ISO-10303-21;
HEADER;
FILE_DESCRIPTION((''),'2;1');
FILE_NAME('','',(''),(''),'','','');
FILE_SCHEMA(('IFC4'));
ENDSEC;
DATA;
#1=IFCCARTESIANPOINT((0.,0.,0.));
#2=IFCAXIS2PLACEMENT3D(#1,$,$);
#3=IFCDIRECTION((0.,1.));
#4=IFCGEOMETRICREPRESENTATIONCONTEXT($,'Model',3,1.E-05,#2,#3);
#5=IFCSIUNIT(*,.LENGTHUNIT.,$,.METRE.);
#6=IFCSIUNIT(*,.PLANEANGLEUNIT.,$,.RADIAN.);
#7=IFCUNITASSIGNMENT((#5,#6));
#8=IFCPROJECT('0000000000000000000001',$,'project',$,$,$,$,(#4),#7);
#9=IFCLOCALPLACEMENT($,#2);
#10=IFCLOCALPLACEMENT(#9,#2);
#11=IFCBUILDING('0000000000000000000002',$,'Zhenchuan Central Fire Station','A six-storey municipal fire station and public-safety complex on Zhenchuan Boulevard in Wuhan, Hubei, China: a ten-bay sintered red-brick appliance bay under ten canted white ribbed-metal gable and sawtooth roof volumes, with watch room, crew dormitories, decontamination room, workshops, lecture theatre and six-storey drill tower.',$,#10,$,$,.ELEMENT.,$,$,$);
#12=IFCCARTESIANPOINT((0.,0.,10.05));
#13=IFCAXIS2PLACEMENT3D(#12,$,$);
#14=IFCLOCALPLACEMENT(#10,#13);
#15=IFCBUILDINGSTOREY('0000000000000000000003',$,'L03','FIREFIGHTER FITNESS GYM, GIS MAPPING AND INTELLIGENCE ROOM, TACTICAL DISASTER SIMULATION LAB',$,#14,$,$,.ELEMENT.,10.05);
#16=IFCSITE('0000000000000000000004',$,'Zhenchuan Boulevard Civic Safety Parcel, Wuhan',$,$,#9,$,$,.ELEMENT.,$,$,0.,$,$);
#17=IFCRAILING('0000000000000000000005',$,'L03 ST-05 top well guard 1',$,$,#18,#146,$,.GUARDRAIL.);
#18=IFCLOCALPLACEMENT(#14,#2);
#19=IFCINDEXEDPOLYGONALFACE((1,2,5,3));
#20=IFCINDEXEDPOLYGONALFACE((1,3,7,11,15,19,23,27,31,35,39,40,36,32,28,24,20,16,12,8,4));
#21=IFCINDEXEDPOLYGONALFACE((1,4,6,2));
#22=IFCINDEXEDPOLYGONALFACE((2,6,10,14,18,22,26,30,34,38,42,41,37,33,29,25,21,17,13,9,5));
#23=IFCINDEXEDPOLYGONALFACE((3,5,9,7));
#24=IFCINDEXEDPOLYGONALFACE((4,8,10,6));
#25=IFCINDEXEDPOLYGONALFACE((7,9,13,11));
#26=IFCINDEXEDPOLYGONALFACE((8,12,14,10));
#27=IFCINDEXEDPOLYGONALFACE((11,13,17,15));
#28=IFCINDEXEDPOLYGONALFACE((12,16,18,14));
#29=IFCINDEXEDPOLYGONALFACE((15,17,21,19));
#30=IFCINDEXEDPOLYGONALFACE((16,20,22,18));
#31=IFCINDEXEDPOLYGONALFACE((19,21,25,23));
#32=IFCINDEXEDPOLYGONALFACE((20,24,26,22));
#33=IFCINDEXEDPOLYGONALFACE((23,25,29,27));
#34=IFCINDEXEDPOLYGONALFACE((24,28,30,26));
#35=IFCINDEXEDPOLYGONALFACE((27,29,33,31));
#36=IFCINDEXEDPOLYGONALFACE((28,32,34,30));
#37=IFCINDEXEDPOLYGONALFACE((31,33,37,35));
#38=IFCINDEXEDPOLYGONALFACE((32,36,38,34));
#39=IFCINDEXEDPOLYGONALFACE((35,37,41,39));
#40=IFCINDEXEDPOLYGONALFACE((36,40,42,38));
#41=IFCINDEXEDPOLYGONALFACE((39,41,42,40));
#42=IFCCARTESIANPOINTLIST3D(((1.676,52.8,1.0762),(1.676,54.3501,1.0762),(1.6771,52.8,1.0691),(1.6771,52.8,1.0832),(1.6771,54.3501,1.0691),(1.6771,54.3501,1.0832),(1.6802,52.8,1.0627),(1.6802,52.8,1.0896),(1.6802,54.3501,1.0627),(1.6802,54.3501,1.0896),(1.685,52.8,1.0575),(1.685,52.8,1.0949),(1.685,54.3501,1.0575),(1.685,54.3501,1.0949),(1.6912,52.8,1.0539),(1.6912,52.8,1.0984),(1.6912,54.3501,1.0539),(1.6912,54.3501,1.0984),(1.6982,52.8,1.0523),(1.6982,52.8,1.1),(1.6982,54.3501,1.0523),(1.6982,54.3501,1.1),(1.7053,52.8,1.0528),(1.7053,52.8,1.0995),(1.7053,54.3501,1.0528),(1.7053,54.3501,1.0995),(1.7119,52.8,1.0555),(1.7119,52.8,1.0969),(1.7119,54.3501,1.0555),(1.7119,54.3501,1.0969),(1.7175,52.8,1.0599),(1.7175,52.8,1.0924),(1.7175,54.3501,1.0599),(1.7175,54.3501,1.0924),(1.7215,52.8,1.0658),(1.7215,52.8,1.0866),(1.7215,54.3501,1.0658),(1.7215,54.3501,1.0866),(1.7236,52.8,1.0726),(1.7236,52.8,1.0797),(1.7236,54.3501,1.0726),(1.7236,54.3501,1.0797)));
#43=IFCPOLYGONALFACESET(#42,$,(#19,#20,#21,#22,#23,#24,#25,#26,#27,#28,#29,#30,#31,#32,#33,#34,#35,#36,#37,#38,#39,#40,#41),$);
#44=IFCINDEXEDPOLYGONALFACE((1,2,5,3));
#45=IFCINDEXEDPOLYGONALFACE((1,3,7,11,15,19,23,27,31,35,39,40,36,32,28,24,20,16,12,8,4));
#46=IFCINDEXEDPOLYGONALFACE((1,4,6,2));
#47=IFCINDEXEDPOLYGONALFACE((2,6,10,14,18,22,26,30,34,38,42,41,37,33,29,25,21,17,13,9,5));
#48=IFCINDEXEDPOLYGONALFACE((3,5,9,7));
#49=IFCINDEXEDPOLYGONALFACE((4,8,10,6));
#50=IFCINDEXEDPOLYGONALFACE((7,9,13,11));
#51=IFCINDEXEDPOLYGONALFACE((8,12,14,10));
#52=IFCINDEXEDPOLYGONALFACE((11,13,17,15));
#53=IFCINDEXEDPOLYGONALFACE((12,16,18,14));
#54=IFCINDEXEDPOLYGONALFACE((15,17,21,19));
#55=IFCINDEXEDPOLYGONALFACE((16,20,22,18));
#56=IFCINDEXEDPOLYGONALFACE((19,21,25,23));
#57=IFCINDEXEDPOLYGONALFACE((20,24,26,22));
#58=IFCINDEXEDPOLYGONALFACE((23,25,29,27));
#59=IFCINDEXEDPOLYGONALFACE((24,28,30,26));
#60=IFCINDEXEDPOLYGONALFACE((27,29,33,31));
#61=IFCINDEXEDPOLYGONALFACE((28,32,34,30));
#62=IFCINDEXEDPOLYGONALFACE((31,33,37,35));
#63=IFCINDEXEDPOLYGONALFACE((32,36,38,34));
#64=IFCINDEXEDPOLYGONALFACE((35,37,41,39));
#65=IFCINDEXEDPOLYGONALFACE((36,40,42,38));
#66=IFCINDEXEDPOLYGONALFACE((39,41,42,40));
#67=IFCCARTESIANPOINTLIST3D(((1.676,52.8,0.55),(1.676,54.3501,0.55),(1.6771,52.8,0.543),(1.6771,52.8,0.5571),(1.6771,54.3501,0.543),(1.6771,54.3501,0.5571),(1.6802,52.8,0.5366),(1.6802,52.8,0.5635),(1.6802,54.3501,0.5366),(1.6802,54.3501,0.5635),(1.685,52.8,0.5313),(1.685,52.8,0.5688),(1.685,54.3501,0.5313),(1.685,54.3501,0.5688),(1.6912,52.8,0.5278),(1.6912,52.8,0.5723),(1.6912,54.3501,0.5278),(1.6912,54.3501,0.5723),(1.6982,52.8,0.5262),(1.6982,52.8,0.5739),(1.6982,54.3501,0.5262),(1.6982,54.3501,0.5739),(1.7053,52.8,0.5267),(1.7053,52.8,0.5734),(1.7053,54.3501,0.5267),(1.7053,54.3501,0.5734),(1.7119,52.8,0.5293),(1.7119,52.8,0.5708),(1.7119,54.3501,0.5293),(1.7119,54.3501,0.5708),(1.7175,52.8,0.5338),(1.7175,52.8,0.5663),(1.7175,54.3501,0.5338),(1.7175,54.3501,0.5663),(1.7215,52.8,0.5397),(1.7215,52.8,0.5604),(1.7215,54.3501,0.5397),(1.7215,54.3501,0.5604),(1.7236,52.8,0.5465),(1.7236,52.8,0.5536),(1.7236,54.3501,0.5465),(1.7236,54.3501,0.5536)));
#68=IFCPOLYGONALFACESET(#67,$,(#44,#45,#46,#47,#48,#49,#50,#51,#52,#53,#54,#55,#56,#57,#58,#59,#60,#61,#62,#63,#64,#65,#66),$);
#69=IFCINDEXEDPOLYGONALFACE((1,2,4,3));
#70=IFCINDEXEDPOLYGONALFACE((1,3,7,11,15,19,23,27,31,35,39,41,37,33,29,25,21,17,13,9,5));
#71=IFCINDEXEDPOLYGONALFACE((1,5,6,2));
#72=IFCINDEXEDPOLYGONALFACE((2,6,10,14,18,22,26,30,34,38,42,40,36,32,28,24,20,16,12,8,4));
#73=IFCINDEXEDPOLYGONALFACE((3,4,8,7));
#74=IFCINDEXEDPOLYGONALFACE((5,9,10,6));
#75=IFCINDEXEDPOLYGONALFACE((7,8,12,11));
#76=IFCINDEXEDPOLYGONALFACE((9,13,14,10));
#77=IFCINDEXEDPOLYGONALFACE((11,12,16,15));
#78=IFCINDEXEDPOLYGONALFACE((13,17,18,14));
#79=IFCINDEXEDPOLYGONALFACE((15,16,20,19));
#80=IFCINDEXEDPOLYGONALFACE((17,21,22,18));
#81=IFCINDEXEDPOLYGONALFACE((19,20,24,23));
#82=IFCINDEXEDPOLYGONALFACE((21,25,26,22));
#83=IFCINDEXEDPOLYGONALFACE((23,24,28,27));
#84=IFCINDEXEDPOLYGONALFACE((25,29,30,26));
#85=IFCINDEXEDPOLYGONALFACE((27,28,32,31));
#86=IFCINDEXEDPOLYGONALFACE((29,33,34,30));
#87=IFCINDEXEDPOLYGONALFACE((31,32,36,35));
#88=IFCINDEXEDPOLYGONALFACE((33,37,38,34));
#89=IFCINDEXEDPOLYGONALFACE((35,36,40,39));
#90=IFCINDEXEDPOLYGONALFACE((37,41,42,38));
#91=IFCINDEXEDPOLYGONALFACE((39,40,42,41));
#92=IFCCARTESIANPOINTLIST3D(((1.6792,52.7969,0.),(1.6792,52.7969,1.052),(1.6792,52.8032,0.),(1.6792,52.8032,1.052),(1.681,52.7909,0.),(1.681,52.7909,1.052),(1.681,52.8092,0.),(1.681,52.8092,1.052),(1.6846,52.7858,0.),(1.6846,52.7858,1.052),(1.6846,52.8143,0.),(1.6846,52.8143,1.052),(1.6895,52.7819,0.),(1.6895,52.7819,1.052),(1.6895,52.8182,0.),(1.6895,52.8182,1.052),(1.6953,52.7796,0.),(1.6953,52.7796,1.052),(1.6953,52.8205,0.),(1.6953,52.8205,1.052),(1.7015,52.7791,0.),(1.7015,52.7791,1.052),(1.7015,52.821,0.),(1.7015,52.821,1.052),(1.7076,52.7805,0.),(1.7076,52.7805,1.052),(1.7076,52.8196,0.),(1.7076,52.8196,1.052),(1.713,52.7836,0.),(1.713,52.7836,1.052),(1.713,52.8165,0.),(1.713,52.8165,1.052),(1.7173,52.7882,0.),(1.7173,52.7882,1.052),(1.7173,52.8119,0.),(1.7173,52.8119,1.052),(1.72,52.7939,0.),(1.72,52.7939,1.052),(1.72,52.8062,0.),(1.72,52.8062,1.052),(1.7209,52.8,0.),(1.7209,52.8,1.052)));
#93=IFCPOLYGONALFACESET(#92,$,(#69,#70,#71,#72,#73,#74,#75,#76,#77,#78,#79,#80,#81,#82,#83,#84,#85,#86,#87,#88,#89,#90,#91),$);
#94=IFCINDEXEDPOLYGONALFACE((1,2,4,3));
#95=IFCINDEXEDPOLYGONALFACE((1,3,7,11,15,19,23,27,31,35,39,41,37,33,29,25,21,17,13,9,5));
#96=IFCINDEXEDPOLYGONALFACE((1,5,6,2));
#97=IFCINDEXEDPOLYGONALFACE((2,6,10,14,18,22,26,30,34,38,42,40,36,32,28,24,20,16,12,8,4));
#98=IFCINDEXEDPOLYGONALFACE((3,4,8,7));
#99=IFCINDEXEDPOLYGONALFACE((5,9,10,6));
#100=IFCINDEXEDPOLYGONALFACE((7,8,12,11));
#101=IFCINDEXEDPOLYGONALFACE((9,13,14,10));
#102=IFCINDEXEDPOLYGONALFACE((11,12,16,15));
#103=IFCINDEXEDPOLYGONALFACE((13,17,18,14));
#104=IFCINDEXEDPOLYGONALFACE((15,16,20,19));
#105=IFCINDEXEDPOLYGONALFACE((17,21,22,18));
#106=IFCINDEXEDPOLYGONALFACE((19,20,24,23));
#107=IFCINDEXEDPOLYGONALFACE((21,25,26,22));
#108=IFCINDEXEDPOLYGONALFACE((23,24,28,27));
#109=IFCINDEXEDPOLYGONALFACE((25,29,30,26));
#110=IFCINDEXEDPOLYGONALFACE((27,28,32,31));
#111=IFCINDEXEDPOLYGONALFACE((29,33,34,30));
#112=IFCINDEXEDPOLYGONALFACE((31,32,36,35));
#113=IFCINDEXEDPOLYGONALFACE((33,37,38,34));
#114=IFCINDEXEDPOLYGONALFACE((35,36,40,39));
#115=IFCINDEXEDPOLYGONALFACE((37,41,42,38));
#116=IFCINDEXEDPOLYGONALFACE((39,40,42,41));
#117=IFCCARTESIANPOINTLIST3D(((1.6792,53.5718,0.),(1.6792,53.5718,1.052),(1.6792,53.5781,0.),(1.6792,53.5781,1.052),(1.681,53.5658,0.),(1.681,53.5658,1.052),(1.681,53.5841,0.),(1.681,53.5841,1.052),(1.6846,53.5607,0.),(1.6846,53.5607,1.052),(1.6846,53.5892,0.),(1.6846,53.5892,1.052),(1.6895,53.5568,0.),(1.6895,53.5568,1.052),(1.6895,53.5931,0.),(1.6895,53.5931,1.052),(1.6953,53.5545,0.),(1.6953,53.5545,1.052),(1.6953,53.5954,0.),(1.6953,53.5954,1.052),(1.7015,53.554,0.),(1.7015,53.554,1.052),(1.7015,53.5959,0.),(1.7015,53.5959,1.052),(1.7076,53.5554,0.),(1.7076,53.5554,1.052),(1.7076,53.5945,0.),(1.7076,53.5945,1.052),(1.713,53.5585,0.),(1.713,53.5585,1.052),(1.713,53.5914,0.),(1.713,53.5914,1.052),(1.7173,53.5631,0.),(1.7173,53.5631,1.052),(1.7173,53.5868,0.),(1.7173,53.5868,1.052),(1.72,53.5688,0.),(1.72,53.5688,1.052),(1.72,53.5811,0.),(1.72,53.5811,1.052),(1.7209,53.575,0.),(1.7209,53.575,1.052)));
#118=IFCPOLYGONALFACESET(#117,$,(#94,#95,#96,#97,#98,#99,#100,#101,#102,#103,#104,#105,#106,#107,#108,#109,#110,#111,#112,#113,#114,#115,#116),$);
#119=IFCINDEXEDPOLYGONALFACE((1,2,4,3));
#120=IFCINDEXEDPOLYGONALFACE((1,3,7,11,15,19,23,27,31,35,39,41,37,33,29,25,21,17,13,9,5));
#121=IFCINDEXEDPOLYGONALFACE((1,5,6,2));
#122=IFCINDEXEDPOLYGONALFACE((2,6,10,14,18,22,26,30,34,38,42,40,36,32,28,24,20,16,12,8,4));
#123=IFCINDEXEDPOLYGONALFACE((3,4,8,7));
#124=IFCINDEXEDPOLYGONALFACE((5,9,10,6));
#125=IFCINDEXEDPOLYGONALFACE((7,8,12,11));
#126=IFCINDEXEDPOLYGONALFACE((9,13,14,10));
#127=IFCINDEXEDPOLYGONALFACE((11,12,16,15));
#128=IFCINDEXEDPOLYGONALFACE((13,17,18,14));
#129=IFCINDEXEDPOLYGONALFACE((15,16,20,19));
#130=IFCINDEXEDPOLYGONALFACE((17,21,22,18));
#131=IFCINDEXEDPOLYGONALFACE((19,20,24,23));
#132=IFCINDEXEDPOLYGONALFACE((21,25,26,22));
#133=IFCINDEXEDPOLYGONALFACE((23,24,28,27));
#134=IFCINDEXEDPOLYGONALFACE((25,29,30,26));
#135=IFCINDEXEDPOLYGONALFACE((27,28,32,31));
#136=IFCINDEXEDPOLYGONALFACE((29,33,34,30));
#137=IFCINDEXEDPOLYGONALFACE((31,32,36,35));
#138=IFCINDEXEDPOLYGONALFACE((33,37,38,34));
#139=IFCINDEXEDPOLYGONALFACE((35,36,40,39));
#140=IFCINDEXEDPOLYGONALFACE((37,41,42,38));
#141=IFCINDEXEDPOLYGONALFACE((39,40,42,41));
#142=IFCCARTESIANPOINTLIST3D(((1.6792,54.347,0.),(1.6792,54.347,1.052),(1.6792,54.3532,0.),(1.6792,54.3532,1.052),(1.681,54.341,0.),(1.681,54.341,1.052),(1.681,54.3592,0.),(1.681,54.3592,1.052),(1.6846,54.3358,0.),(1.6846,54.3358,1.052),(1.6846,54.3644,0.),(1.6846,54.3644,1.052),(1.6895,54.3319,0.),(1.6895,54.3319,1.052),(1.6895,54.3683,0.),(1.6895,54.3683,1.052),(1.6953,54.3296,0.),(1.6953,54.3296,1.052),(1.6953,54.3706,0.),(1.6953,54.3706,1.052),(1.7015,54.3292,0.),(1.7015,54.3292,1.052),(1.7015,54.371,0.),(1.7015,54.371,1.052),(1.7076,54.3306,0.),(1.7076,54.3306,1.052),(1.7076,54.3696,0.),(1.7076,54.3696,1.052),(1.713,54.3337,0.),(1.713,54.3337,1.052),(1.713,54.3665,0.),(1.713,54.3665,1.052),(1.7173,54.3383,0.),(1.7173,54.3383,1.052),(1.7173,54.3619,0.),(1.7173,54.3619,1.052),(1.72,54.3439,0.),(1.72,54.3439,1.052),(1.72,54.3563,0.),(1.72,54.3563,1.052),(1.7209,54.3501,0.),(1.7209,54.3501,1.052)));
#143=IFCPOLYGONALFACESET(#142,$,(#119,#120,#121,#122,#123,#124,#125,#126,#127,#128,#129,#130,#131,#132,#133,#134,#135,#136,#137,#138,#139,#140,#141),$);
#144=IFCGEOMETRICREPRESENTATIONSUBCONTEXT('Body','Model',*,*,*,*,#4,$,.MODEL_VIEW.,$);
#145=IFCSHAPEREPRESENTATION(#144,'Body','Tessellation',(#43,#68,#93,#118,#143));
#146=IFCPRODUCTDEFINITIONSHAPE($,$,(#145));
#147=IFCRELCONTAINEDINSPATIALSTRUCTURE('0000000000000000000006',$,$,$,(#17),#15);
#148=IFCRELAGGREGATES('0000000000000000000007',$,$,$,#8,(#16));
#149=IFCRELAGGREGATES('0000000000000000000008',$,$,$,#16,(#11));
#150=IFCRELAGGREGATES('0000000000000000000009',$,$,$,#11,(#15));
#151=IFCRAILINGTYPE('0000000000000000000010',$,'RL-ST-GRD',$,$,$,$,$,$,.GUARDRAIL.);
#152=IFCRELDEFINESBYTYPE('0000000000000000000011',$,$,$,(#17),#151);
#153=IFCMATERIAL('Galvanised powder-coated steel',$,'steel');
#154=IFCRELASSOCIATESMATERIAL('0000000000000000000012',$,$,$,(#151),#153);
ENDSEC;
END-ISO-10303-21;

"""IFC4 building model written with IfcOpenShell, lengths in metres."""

from ifc_helpers import new_model, si_unit, direction, frame, origin, origin_2d, place, context, subcontext, project, spatial, circle, extrude, material, type_object, element, save


model = new_model("IFC4")

# Units and contexts
model_context = context("Model", 3, precision=1e-05, world=origin(), true_north=direction((0.0, 1.0)))
body_context = subcontext(model_context, "Body", "Model", "MODEL_VIEW")
ifc_project = project(units=[si_unit("LENGTHUNIT", "METRE"), si_unit("PLANEANGLEUNIT", "RADIAN")], contexts=[model_context])

# Site, building, storey
site_placement = place(None, origin())
site = spatial("IfcSite", under=ifc_project, at=site_placement, Name="Zhenchuan Boulevard Civic Safety Parcel, Wuhan", CompositionType="ELEMENT", RefElevation=0.0)
building_placement = place(site_placement, origin())
building = spatial("IfcBuilding", under=site, at=building_placement, Name="Zhenchuan Central Fire Station", Description="A six-storey municipal fire station and public-safety complex on Zhenchuan Boulevard in Wuhan, Hubei, China: a ten-bay sintered red-brick appliance bay under ten canted white ribbed-metal gable and sawtooth roof volumes, with watch room, crew dormitories, decontamination room, workshops, lecture theatre and six-storey drill tower.", CompositionType="ELEMENT")
storey_placement = place(building_placement, frame((0.0, 0.0, 10.05)))
storey = spatial("IfcBuildingStorey", under=building, at=storey_placement, Name="L03", Description="FIREFIGHTER FITNESS GYM, GIS MAPPING AND INTELLIGENCE ROOM, TACTICAL DISASTER SIMULATION LAB", CompositionType="ELEMENT", Elevation=10.05)

# Railing
ifc_material_1 = material(Name="Galvanised powder-coated steel", Category="steel")
railing_type = type_object("IfcRailingType", Name="RL-ST-GRD", PredefinedType="GUARDRAIL", material=ifc_material_1)
railing_placement = place(storey_placement, frame((1.7, 52.8, 0.0)))
element("IfcRailing", 1, at=railing_placement, inside=storey, type_object=railing_type, Name="L03 ST-05 top well guard 1", PredefinedType="GUARDRAIL", context=body_context, shape_type="SweptSolid", body=[
    extrude(circle(Radius=0.0239, at=origin_2d()), frame((0.0, 0.0, 1.0762), z_axis=(0.0, 1.0, 0.0), x_axis=(-1.0, 0.0, 0.0)), (0.0, 0.0, 1.0), 1.55),
    extrude(circle(Radius=0.0239, at=origin_2d()), frame((0.0, 0.0, 0.55), z_axis=(0.0, 1.0, 0.0), x_axis=(-1.0, 0.0, 0.0)), (0.0, 0.0, 1.0), 1.55),
    extrude(circle(Radius=0.021, at=origin_2d()), origin(), (0.0, 0.0, 1.0), 1.052),
    extrude(circle(Radius=0.021, at=origin_2d()), frame((0.0, 0.7749, 0.0)), (0.0, 0.0, 1.0), 1.052),
    extrude(circle(Radius=0.021, at=origin_2d()), frame((0.0, 1.55, 0.0)), (0.0, 0.0, 1.0), 1.052),
])

save(model, "model.ifc")
